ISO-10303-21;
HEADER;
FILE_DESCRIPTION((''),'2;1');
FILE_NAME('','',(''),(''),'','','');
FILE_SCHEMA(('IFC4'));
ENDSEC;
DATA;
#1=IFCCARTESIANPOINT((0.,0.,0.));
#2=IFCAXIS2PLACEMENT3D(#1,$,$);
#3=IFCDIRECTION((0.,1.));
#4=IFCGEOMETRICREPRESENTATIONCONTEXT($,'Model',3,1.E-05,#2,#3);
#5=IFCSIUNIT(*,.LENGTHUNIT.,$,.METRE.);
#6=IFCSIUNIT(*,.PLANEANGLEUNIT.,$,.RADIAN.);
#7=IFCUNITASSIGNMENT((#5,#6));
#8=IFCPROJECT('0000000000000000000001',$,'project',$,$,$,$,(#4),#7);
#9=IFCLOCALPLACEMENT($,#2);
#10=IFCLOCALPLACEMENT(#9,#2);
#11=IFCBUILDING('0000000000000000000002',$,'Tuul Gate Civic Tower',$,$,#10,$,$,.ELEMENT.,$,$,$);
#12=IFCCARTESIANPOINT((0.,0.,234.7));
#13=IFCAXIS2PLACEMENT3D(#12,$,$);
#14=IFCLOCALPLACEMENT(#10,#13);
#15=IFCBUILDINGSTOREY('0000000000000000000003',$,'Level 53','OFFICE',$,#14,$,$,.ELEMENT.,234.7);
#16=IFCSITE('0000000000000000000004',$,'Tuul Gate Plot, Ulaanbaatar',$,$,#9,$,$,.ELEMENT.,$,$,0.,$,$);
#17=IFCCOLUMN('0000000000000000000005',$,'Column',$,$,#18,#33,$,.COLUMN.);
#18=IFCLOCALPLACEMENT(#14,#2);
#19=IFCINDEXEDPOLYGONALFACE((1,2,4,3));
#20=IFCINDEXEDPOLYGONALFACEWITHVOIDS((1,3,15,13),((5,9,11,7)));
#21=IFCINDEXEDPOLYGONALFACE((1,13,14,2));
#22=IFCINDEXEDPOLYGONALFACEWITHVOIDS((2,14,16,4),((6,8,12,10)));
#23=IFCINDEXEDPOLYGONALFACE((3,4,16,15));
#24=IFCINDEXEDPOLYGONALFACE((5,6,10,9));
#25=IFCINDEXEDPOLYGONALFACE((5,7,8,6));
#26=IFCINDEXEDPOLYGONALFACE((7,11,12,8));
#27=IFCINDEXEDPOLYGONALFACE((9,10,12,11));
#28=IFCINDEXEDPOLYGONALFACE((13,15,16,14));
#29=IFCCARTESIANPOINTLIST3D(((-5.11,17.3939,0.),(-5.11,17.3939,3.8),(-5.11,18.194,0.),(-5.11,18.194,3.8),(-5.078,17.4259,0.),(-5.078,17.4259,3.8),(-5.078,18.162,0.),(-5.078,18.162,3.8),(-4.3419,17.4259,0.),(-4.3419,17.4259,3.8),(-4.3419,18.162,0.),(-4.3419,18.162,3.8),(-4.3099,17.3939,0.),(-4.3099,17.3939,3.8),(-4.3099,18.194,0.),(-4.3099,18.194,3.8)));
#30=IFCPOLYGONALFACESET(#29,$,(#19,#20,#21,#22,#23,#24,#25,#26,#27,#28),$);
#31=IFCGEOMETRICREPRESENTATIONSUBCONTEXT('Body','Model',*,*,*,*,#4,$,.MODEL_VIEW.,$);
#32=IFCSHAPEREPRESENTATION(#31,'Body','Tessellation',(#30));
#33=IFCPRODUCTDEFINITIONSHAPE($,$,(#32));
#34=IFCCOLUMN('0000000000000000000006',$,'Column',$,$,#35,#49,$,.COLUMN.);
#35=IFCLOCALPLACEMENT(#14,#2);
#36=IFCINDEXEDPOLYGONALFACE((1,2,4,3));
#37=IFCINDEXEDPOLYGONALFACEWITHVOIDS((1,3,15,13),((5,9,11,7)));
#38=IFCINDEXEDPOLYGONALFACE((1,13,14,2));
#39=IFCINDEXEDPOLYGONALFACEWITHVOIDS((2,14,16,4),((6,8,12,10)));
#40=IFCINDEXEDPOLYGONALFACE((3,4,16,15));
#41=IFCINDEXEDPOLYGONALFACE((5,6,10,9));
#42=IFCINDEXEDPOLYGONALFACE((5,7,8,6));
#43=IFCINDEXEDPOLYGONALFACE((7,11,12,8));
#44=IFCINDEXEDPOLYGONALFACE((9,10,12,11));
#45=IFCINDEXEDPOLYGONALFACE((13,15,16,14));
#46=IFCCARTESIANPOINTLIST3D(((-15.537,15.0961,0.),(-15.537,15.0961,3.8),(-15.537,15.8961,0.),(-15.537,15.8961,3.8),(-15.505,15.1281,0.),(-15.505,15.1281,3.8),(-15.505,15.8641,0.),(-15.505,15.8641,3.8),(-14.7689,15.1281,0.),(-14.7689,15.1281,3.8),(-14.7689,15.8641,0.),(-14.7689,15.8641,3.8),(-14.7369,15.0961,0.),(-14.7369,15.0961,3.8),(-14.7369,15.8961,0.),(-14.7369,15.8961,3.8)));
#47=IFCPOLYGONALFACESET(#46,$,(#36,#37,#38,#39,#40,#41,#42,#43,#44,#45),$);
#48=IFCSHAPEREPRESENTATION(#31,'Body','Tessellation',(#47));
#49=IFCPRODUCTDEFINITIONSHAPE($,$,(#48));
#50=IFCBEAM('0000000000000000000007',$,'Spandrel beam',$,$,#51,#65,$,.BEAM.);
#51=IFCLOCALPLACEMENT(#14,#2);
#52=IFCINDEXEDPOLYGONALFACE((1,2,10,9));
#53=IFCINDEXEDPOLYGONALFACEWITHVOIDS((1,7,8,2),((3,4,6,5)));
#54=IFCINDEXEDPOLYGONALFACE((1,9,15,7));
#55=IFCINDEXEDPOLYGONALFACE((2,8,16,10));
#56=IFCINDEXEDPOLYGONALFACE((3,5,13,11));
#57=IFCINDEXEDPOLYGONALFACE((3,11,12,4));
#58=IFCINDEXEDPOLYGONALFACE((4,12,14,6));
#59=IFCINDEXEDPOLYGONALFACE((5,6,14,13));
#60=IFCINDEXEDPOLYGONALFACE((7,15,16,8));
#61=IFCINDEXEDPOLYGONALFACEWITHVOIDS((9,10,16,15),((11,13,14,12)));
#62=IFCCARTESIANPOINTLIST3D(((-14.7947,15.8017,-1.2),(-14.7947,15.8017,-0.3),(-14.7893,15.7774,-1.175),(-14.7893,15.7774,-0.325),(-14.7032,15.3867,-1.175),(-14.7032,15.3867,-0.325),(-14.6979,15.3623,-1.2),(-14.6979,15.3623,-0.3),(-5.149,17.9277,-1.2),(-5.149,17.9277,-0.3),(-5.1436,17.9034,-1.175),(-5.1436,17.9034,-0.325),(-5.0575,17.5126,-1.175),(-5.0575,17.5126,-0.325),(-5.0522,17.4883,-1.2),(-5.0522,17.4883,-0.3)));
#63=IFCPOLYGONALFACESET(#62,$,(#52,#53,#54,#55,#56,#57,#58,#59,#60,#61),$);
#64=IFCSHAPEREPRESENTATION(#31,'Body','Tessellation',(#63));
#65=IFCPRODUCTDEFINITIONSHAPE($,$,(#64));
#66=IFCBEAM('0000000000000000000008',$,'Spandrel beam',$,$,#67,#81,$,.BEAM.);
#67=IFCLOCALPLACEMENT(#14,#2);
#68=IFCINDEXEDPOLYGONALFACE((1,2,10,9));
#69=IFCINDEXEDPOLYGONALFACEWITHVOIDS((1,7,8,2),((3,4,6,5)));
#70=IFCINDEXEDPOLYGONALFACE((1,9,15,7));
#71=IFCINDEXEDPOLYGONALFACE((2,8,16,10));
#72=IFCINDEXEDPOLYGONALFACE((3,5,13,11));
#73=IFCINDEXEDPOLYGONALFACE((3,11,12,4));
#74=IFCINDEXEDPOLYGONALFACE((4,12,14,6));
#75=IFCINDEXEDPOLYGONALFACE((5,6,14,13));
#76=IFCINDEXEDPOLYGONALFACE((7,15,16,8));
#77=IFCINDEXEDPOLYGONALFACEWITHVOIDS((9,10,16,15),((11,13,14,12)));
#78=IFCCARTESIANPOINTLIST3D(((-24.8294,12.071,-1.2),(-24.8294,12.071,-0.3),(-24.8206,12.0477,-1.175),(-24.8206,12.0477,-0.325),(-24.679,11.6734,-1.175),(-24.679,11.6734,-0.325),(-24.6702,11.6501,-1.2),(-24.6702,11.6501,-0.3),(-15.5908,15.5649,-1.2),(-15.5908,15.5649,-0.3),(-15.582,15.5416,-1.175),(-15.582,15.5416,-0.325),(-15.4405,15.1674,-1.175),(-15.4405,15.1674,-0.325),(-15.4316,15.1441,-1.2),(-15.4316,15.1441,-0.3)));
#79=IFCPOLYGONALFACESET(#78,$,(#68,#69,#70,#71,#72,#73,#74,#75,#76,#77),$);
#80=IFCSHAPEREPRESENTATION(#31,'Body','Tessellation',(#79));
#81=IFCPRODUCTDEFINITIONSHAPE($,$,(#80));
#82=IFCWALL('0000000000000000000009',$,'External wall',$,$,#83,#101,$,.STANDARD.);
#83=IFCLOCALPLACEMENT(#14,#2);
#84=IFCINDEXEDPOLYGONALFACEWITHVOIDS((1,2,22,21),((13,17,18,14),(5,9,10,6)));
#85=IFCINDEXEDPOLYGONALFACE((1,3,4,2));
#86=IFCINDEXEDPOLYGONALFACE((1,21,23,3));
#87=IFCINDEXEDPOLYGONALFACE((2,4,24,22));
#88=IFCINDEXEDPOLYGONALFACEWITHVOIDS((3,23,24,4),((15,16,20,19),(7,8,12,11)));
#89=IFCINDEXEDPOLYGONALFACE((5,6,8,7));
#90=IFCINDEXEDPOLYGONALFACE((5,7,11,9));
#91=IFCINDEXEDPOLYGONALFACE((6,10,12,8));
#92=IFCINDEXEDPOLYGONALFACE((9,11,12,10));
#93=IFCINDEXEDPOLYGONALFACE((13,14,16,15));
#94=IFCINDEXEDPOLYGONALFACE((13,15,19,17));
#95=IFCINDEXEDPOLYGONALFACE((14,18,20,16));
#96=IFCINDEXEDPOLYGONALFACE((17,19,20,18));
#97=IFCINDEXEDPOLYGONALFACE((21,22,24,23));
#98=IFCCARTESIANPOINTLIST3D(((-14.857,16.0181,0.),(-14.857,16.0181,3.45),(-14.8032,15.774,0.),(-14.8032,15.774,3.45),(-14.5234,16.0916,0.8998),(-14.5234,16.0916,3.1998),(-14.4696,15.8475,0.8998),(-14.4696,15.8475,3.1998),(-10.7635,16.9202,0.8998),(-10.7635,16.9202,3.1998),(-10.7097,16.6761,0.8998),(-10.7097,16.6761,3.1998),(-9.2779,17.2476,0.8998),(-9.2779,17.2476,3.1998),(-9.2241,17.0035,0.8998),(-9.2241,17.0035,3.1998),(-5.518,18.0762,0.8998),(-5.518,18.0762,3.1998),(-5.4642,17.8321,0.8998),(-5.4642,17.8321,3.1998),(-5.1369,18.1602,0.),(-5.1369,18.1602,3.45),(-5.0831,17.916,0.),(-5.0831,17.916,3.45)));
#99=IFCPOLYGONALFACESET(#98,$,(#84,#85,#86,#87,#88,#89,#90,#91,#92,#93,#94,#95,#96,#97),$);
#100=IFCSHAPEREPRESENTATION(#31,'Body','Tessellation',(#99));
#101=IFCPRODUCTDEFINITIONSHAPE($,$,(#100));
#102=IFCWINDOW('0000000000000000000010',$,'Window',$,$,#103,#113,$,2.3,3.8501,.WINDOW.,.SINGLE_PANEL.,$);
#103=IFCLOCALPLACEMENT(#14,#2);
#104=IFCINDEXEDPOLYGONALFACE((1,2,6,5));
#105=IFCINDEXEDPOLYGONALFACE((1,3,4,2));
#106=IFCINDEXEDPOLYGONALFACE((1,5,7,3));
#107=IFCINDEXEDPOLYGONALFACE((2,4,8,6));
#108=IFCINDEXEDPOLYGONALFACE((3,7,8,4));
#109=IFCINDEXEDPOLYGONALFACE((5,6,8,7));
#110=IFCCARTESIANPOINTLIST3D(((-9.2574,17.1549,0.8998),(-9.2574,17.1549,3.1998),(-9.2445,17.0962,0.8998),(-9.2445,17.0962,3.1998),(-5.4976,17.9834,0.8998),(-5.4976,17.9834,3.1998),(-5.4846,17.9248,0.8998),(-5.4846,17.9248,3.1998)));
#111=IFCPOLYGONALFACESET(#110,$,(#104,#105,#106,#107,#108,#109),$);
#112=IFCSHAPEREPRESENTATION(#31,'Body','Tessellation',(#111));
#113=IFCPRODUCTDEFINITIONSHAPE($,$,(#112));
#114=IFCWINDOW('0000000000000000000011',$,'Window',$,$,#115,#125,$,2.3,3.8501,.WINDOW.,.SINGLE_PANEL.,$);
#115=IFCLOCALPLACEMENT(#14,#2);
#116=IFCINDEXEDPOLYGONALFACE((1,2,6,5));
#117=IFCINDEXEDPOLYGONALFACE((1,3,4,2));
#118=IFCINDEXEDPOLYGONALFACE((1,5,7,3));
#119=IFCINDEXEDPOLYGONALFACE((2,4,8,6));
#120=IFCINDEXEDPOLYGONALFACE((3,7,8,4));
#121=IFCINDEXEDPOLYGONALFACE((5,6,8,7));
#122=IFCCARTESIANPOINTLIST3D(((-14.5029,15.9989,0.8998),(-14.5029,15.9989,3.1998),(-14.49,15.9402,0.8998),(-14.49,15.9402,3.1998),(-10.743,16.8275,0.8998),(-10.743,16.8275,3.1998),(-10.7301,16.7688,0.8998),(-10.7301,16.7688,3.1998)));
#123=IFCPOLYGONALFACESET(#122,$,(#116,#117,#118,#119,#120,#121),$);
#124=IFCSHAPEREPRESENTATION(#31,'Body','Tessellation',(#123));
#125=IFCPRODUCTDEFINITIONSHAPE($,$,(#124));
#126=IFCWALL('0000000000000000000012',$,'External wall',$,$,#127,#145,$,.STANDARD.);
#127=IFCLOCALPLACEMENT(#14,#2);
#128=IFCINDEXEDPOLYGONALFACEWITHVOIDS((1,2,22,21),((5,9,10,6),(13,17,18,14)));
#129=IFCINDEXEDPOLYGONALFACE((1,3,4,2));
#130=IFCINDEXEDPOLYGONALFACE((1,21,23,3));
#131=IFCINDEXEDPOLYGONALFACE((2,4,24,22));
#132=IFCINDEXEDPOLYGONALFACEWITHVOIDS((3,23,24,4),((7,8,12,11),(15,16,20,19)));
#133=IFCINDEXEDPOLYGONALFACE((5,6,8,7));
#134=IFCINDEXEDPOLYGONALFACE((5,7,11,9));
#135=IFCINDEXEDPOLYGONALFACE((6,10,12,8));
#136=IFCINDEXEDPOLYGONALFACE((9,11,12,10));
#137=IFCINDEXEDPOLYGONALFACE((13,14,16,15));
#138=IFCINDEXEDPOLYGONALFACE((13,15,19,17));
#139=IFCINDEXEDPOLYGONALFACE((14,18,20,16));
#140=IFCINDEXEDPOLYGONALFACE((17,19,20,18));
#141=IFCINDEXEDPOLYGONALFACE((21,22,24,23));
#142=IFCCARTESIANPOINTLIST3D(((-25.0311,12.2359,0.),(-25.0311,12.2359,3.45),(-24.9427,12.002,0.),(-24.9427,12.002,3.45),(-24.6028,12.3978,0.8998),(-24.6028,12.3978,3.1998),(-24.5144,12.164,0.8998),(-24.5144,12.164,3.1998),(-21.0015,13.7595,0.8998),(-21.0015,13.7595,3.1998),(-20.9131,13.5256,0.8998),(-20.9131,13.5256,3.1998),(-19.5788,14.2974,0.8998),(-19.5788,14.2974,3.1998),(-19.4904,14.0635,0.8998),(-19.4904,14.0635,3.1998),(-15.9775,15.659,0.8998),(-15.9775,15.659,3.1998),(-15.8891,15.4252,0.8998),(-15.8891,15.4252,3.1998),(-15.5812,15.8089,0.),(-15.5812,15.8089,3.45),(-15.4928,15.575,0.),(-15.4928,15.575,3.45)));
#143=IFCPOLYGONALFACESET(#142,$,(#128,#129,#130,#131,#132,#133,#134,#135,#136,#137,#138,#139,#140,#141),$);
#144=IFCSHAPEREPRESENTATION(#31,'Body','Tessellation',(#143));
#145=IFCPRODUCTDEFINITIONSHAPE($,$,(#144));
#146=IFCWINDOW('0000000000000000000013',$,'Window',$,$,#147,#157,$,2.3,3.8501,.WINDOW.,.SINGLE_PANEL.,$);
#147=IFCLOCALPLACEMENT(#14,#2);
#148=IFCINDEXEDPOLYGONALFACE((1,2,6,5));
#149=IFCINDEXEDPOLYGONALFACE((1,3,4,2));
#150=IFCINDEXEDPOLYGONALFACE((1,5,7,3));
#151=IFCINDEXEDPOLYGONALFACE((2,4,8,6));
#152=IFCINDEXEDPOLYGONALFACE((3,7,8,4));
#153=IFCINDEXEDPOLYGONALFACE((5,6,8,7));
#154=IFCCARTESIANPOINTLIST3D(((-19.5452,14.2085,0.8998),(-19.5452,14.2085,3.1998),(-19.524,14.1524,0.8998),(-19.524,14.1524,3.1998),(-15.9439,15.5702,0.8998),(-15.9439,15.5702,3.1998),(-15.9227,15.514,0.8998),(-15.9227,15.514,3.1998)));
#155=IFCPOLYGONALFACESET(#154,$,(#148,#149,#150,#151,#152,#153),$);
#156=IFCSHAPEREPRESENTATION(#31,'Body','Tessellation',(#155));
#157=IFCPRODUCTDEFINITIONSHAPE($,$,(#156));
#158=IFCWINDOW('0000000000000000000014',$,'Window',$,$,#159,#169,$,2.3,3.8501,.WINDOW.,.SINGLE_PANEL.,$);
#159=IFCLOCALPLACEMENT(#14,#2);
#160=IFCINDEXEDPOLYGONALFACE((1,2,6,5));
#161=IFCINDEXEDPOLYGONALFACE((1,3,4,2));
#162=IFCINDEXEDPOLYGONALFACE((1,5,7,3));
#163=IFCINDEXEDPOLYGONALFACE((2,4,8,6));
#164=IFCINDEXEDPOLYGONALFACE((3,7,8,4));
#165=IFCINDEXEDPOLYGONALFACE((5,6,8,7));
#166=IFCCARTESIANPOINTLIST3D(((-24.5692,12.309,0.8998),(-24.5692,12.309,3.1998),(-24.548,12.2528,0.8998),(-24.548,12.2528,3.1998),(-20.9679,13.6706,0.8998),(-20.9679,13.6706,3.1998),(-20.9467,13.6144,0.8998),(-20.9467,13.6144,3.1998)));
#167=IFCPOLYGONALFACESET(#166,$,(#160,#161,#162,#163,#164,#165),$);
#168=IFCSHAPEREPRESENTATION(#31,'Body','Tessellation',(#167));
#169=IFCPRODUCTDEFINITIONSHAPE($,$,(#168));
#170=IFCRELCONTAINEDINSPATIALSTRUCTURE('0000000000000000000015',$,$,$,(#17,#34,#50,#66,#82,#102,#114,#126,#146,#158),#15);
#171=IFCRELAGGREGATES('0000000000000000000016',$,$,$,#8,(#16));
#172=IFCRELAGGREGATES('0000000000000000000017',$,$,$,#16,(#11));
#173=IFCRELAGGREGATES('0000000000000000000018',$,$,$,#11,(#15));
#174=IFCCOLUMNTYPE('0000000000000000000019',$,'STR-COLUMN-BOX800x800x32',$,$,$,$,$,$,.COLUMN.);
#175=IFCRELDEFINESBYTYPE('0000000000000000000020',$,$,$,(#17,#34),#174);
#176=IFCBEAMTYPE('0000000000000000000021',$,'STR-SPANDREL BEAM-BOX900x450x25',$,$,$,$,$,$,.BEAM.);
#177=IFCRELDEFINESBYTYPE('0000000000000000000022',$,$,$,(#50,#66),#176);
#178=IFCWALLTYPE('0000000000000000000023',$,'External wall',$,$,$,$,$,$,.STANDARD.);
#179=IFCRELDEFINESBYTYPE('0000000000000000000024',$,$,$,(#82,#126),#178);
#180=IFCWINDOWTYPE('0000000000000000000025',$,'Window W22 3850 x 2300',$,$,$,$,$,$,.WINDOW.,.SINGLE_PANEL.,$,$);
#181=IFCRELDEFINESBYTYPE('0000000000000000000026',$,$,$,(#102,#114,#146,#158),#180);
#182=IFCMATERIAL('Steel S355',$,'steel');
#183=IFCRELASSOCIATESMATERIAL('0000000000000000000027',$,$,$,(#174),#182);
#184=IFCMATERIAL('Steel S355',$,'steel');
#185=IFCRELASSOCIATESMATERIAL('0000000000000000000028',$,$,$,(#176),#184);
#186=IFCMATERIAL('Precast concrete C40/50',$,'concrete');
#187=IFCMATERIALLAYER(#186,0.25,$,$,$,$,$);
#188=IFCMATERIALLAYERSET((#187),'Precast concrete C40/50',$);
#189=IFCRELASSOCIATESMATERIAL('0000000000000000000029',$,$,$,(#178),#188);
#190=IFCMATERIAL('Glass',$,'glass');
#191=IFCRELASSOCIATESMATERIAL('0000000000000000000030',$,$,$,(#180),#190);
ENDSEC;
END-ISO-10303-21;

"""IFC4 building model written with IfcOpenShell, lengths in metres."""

from ifc_helpers import new_model, si_unit, direction, frame, frame_2d, origin, origin_2d, place, context, subcontext, project, spatial, rectangle, hollow_rectangle, extrude, material, layer, layer_set, material_profile, profile_set, type_object, element, fill, save


model = new_model("IFC4")

# Units and contexts
model_context = context("Model", 3, precision=1e-05, world=origin(), true_north=direction((0.0, 1.0)))
body_context = subcontext(model_context, "Body", "Model", "MODEL_VIEW")
ifc_project = project(units=[si_unit("LENGTHUNIT", "METRE"), si_unit("PLANEANGLEUNIT", "RADIAN")], contexts=[model_context])

# Site, building, storey
site_placement = place(None, origin())
site = spatial("IfcSite", under=ifc_project, at=site_placement, Name="Tuul Gate Plot, Ulaanbaatar", CompositionType="ELEMENT", RefElevation=0.0)
building_placement = place(site_placement, origin())
building = spatial("IfcBuilding", under=site, at=building_placement, Name="Tuul Gate Civic Tower", CompositionType="ELEMENT")
storey_placement = place(building_placement, frame((0.0, 0.0, 234.7)))
storey = spatial("IfcBuildingStorey", under=building, at=storey_placement, Name="Level 53", Description="OFFICE", CompositionType="ELEMENT", Elevation=234.7)

# Columns
ifc_material_1 = material(Name="Steel S355", Category="steel")
ifc_material_profile_1 = material_profile(ifc_material_1, hollow_rectangle(XDim=0.8, YDim=0.8, WallThickness=0.032, at=origin_2d()), Name="BOX800x800x32")
ifc_profile_set_1 = profile_set([ifc_material_profile_1], Name="Steel S355")
column_type = type_object("IfcColumnType", Name="STR-COLUMN-BOX800x800x32", PredefinedType="COLUMN", material=ifc_profile_set_1)
for number, where, z_axis, x_axis, name in (
    (1, (-4.71, 17.7939, 0.0), (0.0, 0.0, 1.0), (1.0, 0.0, 0.0), "Column"),
    (2, (-15.137, 15.4961, 0.0), (0.0, 0.0, 1.0), (1.0, 0.0, 0.0), "Column"),
):
    element("IfcColumn", number, at=place(storey_placement, frame(where, z_axis=z_axis, x_axis=x_axis)), inside=storey, type_object=column_type, Name=name, PredefinedType="COLUMN", context=body_context, shape_type="SweptSolid", body=[
        extrude(hollow_rectangle(XDim=0.8, YDim=0.8, WallThickness=0.032, at=origin_2d()), origin(), (0.0, 0.0, 1.0), 3.8),
    ])

# Beams
ifc_material_2 = material(Name="Steel S355", Category="steel")
ifc_material_profile_2 = material_profile(ifc_material_2, hollow_rectangle(XDim=0.45, YDim=0.8999, WallThickness=0.0249, at=origin_2d()), Name="BOX900x450x25")
ifc_profile_set_2 = profile_set([ifc_material_profile_2], Name="Steel S355")
beam_type = type_object("IfcBeamType", Name="STR-SPANDREL BEAM-BOX900x450x25", PredefinedType="BEAM", material=ifc_profile_set_2)
for number, where, z_axis, x_axis, name in (
    (3, (-5.1006, 17.708, -0.75), (-0.976561, -0.215239, 0.0), (0.215239, -0.976561, 0.0), "Spandrel beam"),
    (4, (-15.5112, 15.3545, -0.75), (-0.935345, -0.353736, 0.0), (0.353736, -0.935345, 0.0), "Spandrel beam"),
):
    element("IfcBeam", number, at=place(storey_placement, frame(where, z_axis=z_axis, x_axis=x_axis)), inside=storey, type_object=beam_type, Name=name, PredefinedType="BEAM", context=body_context, shape_type="SweptSolid", body=[
        extrude(hollow_rectangle(XDim=0.45, YDim=0.8999, WallThickness=0.0249, at=origin_2d()), origin(), (0.0, 0.0, 1.0), 9.8772),
    ])

# Walls, openings, windows
ifc_material_3 = material(Name="Precast concrete C40/50", Category="concrete")
ifc_layer_1 = layer(ifc_material_3, 0.25)
ifc_layer_set_1 = layer_set([ifc_layer_1], Name="Precast concrete C40/50")
wall_type_1 = type_object("IfcWallType", Name="External wall", PredefinedType="STANDARD", material=ifc_layer_set_1)
wall_1_placement = place(storey_placement, frame((-5.1101, 18.0381, 0.0), z_axis=(0.0, 0.0, 1.0), x_axis=(-0.976568, -0.215211, 0.0)))
wall_1 = element("IfcWall", 5, at=wall_1_placement, inside=storey, type_object=wall_type_1, Name="External wall", PredefinedType="STANDARD", context=body_context, shape_type="SweptSolid", body=[
    extrude(rectangle(XDim=9.9534, YDim=0.25, at=frame_2d((4.9766, 0.0))), origin(), (0.0, 0.0, 1.0), 3.45),
])
opening_1_placement = place(wall_1_placement, frame((0.3901, 0.0, 0.8999)))
opening_1 = element("IfcOpeningElement", 6, at=opening_1_placement, cuts=wall_1, PredefinedType="OPENING", context=body_context, shape_type="SweptSolid", body=[
    extrude(rectangle(XDim=3.8501, YDim=2.3, at=frame_2d((1.925, 1.1499))), frame((0.0, 0.135, 0.0), z_axis=(0.0, -1.0, 0.0), x_axis=(1.0, 0.0, 0.0)), (0.0, 0.0, 1.0), 0.27),
])
opening_2_placement = place(wall_1_placement, frame((5.7615, 0.0, 0.8999)))
opening_2 = element("IfcOpeningElement", 7, at=opening_2_placement, cuts=wall_1, PredefinedType="OPENING", context=body_context, shape_type="SweptSolid", body=[
    extrude(rectangle(XDim=3.8501, YDim=2.3, at=frame_2d((1.925, 1.1499))), frame((0.0, 0.135, 0.0), z_axis=(0.0, -1.0, 0.0), x_axis=(1.0, 0.0, 0.0)), (0.0, 0.0, 1.0), 0.27),
])
ifc_material_4 = material(Name="Glass", Category="glass")
window_type = type_object("IfcWindowType", Name="Window W22 3850 x 2300", PartitioningType="SINGLE_PANEL", PredefinedType="WINDOW", material=ifc_material_4)
window_1_placement = place(opening_1_placement, origin())
window_1 = element("IfcWindow", 8, at=window_1_placement, inside=storey, type_object=window_type, Name="Window", OverallHeight=2.3, OverallWidth=3.8501, PartitioningType="SINGLE_PANEL", PredefinedType="WINDOW", context=body_context, shape_type="SweptSolid", body=[
    extrude(rectangle(XDim=3.8501, YDim=2.3, at=frame_2d((1.925, 1.1499))), frame((0.0, 0.03, 0.0), z_axis=(0.0, -1.0, 0.0), x_axis=(1.0, 0.0, 0.0)), (0.0, 0.0, 1.0), 0.0601),
])
fill(opening_1, window_1)
window_2_placement = place(opening_2_placement, origin())
window_2 = element("IfcWindow", 9, at=window_2_placement, inside=storey, type_object=window_type, Name="Window", OverallHeight=2.3, OverallWidth=3.8501, PartitioningType="SINGLE_PANEL", PredefinedType="WINDOW", context=body_context, shape_type="SweptSolid", body=[
    extrude(rectangle(XDim=3.8501, YDim=2.3, at=frame_2d((1.925, 1.1499))), frame((0.0, 0.03, 0.0), z_axis=(0.0, -1.0, 0.0), x_axis=(1.0, 0.0, 0.0)), (0.0, 0.0, 1.0), 0.0601),
])
fill(opening_2, window_2)
wall_2_placement = place(storey_placement, frame((-15.5371, 15.6919, 0.0), z_axis=(0.0, 0.0, 1.0), x_axis=(-0.935373, -0.353662, 0.0)))
wall_2 = element("IfcWall", 10, at=wall_2_placement, inside=storey, type_object=wall_type_1, Name="External wall", PredefinedType="STANDARD", context=body_context, shape_type="SweptSolid", body=[
    extrude(rectangle(XDim=10.1028, YDim=0.25, at=frame_2d((5.0513, 0.0))), origin(), (0.0, 0.0, 1.0), 3.45),
])
opening_3_placement = place(wall_2_placement, frame((0.4236, 0.0, 0.8999)))
opening_3 = element("IfcOpeningElement", 11, at=opening_3_placement, cuts=wall_2, PredefinedType="OPENING", context=body_context, shape_type="SweptSolid", body=[
    extrude(rectangle(XDim=3.8501, YDim=2.3, at=frame_2d((1.925, 1.1499))), frame((0.0, 0.135, 0.0), z_axis=(0.0, -1.0, 0.0), x_axis=(1.0, 0.0, 0.0)), (0.0, 0.0, 1.0), 0.27),
])
opening_4_placement = place(wall_2_placement, frame((5.7947, 0.0, 0.8999)))
opening_4 = element("IfcOpeningElement", 12, at=opening_4_placement, cuts=wall_2, PredefinedType="OPENING", context=body_context, shape_type="SweptSolid", body=[
    extrude(rectangle(XDim=3.8501, YDim=2.3, at=frame_2d((1.925, 1.1499))), frame((0.0, 0.135, 0.0), z_axis=(0.0, -1.0, 0.0), x_axis=(1.0, 0.0, 0.0)), (0.0, 0.0, 1.0), 0.27),
])
window_3_placement = place(opening_3_placement, origin())
window_3 = element("IfcWindow", 13, at=window_3_placement, inside=storey, type_object=window_type, Name="Window", OverallHeight=2.3, OverallWidth=3.8501, PartitioningType="SINGLE_PANEL", PredefinedType="WINDOW", context=body_context, shape_type="SweptSolid", body=[
    extrude(rectangle(XDim=3.8501, YDim=2.3, at=frame_2d((1.925, 1.1499))), frame((0.0, 0.03, 0.0), z_axis=(0.0, -1.0, 0.0), x_axis=(1.0, 0.0, 0.0)), (0.0, 0.0, 1.0), 0.0601),
])
fill(opening_3, window_3)
window_4_placement = place(opening_4_placement, origin())
window_4 = element("IfcWindow", 14, at=window_4_placement, inside=storey, type_object=window_type, Name="Window", OverallHeight=2.3, OverallWidth=3.8501, PartitioningType="SINGLE_PANEL", PredefinedType="WINDOW", context=body_context, shape_type="SweptSolid", body=[
    extrude(rectangle(XDim=3.8501, YDim=2.3, at=frame_2d((1.925, 1.1499))), frame((0.0, 0.03, 0.0), z_axis=(0.0, -1.0, 0.0), x_axis=(1.0, 0.0, 0.0)), (0.0, 0.0, 1.0), 0.0601),
])
fill(opening_4, window_4)

save(model, "model.ifc")
